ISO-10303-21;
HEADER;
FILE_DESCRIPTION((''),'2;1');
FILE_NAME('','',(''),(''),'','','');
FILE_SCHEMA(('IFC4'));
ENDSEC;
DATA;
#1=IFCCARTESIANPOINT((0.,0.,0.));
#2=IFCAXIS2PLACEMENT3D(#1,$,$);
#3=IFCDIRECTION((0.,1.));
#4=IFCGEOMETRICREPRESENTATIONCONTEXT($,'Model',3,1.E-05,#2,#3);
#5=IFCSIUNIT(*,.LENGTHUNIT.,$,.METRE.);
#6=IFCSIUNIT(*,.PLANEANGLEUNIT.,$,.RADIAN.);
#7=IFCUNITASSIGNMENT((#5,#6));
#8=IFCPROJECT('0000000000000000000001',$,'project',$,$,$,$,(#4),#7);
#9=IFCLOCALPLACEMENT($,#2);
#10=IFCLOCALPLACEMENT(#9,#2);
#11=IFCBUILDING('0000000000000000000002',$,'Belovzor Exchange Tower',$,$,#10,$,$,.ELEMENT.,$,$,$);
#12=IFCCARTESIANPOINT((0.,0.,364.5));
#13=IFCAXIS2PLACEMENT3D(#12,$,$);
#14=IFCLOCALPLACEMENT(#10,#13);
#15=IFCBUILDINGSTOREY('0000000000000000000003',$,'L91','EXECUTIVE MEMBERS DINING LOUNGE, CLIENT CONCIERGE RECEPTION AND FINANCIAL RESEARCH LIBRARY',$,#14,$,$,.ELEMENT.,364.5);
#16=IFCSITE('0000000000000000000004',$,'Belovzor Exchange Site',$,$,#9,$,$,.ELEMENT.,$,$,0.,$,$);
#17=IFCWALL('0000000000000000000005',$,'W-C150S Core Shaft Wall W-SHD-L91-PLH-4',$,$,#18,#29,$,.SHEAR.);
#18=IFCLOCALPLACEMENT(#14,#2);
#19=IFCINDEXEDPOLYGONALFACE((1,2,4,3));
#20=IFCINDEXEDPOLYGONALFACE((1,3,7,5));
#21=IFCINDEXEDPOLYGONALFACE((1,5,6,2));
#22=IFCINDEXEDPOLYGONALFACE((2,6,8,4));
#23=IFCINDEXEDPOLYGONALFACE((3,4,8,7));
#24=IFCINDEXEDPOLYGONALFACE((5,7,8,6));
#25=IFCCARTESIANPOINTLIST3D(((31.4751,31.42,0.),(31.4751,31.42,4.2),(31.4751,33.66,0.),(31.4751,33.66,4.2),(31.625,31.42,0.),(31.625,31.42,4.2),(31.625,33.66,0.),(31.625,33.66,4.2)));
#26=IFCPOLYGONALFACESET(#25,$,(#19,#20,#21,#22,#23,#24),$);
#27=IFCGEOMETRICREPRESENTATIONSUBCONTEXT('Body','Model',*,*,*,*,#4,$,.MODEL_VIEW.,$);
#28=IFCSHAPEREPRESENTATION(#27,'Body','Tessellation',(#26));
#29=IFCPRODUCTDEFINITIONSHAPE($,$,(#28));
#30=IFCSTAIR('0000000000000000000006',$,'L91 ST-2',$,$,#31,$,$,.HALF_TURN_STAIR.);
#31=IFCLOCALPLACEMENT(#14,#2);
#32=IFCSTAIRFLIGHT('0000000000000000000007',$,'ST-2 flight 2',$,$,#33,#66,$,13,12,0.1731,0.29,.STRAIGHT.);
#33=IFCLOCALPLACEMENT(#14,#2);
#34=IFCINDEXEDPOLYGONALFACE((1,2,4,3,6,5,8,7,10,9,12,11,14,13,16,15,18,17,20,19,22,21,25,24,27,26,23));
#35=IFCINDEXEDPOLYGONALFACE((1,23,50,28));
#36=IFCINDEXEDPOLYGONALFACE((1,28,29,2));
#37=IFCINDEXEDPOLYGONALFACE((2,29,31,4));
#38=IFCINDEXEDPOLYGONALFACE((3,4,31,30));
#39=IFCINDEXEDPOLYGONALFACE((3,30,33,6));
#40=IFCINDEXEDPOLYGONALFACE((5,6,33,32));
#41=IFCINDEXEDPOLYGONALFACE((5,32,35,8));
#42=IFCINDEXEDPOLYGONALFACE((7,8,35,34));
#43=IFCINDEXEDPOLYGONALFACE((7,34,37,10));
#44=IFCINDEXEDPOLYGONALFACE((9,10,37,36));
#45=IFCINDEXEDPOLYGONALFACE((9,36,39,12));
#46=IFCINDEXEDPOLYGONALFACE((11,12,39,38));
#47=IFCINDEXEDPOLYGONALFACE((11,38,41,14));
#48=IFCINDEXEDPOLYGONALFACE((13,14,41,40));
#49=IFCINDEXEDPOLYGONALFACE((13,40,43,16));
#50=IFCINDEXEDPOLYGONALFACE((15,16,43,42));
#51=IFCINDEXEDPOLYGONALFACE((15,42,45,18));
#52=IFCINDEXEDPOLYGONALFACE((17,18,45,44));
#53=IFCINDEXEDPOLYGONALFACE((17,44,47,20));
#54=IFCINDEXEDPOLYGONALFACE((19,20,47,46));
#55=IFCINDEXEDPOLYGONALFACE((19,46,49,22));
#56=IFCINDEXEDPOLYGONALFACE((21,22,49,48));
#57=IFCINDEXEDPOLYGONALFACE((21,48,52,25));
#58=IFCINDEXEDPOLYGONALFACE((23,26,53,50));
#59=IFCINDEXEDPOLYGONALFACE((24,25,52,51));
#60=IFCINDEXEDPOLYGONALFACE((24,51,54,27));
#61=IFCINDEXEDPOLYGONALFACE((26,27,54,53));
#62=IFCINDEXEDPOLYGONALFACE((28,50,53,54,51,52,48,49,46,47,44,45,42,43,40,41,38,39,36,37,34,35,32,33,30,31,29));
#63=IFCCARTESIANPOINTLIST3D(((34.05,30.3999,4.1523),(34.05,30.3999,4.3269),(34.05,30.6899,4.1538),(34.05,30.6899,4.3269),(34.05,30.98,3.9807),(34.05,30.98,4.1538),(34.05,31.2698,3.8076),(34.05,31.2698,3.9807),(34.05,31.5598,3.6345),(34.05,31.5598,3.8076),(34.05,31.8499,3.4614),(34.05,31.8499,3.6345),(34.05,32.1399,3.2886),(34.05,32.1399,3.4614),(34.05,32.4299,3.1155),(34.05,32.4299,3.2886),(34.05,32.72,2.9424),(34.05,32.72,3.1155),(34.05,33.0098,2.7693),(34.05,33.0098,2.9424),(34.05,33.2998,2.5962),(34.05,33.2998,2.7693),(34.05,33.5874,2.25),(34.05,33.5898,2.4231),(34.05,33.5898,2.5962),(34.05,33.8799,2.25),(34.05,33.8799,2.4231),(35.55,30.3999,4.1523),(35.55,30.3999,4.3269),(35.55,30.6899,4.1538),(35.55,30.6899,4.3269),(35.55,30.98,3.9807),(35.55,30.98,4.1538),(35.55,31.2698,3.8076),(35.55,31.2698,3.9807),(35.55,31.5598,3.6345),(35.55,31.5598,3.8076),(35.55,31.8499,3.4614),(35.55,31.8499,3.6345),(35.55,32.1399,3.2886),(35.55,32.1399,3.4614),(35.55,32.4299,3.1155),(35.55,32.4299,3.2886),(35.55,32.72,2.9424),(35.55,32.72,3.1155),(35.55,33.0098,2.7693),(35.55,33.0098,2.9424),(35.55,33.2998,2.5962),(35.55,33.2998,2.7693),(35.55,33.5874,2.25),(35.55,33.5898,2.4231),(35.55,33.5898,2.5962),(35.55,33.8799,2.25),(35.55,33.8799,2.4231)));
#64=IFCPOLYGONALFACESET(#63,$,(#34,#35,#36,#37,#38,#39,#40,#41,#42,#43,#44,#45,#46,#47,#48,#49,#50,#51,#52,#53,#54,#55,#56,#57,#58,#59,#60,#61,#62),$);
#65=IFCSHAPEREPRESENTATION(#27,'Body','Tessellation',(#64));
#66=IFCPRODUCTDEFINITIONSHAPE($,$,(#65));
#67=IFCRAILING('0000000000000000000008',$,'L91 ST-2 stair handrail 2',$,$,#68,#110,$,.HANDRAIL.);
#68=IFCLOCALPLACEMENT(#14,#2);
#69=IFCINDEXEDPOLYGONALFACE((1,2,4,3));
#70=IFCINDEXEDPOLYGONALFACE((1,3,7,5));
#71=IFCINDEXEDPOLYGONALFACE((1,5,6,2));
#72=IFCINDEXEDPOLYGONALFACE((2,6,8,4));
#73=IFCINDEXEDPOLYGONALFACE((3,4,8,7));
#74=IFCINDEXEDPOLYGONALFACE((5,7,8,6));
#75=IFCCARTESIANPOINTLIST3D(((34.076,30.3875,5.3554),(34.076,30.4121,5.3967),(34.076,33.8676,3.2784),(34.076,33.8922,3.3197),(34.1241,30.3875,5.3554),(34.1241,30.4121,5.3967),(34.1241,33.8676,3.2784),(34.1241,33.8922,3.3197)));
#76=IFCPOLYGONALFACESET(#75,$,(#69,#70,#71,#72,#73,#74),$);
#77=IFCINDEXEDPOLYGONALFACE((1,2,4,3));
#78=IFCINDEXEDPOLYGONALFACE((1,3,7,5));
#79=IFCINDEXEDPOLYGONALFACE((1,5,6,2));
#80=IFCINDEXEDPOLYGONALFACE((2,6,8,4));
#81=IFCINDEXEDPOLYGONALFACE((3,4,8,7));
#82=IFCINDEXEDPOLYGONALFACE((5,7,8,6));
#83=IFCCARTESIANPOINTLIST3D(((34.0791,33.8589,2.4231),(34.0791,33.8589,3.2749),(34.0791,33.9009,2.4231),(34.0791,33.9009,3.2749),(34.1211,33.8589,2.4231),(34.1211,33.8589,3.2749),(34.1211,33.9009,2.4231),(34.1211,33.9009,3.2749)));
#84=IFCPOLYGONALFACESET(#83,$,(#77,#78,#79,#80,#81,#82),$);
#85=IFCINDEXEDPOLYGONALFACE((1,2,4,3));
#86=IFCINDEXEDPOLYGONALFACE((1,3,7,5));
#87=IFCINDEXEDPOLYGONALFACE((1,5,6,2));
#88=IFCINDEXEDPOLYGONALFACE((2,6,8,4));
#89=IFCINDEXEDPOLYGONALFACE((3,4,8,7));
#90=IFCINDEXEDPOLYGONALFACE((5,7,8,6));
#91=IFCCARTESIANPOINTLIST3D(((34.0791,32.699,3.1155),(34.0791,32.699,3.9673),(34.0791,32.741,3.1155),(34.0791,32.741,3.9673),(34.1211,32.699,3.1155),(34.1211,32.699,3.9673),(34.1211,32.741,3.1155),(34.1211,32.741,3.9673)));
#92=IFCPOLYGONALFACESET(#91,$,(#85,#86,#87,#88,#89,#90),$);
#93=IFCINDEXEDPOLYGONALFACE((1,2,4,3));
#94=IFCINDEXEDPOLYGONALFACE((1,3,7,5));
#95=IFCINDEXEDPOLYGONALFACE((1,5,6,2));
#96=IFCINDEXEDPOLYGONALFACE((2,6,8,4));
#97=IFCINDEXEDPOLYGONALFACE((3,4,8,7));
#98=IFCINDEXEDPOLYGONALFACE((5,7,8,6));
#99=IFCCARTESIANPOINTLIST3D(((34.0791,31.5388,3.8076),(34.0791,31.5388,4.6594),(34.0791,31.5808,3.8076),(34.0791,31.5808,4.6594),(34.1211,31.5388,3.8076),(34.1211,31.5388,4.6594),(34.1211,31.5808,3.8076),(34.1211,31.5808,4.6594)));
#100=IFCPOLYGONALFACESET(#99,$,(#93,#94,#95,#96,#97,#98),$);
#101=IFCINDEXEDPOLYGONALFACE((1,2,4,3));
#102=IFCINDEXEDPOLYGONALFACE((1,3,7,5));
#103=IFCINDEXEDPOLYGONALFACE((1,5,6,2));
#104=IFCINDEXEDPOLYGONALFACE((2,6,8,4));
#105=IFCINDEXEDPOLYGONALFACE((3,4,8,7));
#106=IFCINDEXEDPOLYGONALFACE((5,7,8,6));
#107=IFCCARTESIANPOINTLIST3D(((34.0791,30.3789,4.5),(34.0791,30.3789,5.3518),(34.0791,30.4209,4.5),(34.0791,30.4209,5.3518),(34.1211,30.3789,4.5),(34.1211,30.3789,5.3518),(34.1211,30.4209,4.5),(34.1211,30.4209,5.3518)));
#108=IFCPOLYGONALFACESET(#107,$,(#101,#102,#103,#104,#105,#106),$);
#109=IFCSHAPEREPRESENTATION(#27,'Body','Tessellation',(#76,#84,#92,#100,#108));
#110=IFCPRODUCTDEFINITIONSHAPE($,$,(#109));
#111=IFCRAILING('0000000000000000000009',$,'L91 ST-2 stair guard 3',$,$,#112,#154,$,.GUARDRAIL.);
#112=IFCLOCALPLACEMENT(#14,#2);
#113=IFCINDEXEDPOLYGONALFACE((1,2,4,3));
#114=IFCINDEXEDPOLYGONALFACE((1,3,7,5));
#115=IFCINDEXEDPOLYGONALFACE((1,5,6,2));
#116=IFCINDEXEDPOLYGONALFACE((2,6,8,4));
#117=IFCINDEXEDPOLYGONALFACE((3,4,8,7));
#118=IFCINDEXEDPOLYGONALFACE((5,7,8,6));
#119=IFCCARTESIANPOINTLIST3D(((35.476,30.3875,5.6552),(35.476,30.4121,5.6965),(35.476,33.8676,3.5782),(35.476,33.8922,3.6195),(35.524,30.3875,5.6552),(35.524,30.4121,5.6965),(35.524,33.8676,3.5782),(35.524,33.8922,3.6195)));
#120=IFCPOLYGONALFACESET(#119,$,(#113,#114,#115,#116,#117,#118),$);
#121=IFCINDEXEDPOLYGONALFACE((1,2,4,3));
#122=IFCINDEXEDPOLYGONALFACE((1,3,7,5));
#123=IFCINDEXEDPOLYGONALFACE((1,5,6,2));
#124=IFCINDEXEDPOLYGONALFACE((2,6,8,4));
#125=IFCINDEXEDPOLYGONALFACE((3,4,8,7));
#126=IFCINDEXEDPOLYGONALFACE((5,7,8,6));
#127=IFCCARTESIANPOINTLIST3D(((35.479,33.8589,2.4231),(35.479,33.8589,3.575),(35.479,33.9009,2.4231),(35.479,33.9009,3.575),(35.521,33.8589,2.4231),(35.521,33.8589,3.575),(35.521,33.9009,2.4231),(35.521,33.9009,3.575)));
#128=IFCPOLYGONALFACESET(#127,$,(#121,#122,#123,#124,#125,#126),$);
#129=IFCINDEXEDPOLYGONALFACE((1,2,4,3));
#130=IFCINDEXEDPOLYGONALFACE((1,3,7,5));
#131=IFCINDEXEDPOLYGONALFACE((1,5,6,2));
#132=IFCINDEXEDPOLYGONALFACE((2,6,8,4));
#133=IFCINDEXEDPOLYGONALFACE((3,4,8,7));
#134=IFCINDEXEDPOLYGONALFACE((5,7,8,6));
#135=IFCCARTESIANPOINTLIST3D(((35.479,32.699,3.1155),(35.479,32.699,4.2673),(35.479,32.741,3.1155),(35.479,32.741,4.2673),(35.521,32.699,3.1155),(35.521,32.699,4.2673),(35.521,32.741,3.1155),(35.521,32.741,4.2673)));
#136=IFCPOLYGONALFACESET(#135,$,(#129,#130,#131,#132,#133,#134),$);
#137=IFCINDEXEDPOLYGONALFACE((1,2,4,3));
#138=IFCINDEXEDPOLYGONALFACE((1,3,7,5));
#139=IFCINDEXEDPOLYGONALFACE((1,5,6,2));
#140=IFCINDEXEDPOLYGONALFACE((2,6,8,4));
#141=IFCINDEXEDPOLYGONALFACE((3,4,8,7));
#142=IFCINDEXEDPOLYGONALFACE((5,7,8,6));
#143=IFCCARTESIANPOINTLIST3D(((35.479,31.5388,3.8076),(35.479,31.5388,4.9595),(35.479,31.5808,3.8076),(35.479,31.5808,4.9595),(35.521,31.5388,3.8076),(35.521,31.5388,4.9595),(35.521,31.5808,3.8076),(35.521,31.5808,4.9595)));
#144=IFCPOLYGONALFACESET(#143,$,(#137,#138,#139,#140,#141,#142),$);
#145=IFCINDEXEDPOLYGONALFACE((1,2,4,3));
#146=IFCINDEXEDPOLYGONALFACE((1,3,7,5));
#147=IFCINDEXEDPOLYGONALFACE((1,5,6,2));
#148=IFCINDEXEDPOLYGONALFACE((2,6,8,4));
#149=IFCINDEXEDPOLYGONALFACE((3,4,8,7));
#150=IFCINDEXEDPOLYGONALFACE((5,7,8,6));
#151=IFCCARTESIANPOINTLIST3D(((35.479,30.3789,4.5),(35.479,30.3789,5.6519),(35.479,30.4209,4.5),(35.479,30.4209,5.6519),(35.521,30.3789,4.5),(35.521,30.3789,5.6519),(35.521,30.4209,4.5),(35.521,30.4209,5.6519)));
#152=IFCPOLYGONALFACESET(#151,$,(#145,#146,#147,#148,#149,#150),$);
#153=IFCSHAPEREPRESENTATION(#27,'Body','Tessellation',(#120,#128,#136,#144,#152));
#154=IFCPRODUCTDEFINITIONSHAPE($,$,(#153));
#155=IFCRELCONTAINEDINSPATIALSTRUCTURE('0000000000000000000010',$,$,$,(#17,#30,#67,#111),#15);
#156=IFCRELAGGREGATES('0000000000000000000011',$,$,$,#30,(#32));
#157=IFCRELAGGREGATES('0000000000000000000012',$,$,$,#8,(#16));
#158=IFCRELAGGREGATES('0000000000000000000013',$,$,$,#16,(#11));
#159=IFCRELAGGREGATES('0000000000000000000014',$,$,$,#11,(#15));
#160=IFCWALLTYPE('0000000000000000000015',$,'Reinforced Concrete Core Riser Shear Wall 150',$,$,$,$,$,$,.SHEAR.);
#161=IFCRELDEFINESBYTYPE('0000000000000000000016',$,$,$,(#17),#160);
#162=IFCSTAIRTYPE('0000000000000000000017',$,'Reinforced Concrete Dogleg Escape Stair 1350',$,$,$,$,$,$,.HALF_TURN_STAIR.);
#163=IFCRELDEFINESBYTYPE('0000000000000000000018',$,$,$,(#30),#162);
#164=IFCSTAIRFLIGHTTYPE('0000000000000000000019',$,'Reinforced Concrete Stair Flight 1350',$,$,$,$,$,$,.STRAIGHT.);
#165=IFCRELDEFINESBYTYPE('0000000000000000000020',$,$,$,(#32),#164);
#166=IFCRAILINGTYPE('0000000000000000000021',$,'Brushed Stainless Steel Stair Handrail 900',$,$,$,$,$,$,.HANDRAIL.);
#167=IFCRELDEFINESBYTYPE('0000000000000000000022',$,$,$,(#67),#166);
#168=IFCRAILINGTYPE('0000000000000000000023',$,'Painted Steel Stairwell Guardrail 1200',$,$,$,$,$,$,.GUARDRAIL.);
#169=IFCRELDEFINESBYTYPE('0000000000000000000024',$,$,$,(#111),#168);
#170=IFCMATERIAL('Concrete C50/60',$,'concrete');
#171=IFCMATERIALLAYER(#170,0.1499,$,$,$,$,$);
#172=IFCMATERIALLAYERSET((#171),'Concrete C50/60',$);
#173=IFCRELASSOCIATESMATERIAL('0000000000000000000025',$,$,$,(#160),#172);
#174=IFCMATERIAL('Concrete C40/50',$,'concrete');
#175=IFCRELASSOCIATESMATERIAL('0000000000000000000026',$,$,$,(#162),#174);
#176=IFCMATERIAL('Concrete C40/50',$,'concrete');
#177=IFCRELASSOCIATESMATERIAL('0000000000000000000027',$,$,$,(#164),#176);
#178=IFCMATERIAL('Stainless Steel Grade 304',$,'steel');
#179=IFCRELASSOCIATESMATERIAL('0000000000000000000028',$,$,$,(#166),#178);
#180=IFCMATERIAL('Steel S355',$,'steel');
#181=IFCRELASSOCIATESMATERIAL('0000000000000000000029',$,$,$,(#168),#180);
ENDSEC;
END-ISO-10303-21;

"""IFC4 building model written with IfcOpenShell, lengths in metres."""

from ifc_helpers import new_model, si_unit, direction, frame, frame_2d, origin, origin_2d, place, context, subcontext, project, spatial, polyline, rectangle, outline, extrude, material, layer, layer_set, type_object, element, aggregate, save


model = new_model("IFC4")

# Units and contexts
model_context = context("Model", 3, precision=1e-05, world=origin(), true_north=direction((0.0, 1.0)))
body_context = subcontext(model_context, "Body", "Model", "MODEL_VIEW")
ifc_project = project(units=[si_unit("LENGTHUNIT", "METRE"), si_unit("PLANEANGLEUNIT", "RADIAN")], contexts=[model_context])

# Site, building, storey
site_placement = place(None, origin())
site = spatial("IfcSite", under=ifc_project, at=site_placement, Name="Belovzor Exchange Site", CompositionType="ELEMENT", RefElevation=0.0)
building_placement = place(site_placement, origin())
building = spatial("IfcBuilding", under=site, at=building_placement, Name="Belovzor Exchange Tower", CompositionType="ELEMENT")
storey_placement = place(building_placement, frame((0.0, 0.0, 364.5)))
storey = spatial("IfcBuildingStorey", under=building, at=storey_placement, Name="L91", Description="EXECUTIVE MEMBERS DINING LOUNGE, CLIENT CONCIERGE RECEPTION AND FINANCIAL RESEARCH LIBRARY", CompositionType="ELEMENT", Elevation=364.5)

# Wall
ifc_material_1 = material(Name="Concrete C50/60", Category="concrete")
ifc_layer_1 = layer(ifc_material_1, 0.1499)
ifc_layer_set_1 = layer_set([ifc_layer_1], Name="Concrete C50/60")
wall_type_1 = type_object("IfcWallType", Name="Reinforced Concrete Core Riser Shear Wall 150", PredefinedType="SHEAR", material=ifc_layer_set_1)
for number, where, z_axis, x_axis, name in (
    (1, (31.55, 31.4199, 0.0), (0.0, 0.0, 1.0), (0.0, 1.0, 0.0), "W-C150S Core Shaft Wall W-SHD-L91-PLH-4"),
):
    element("IfcWall", number, at=place(storey_placement, frame(where, z_axis=z_axis, x_axis=x_axis)), inside=storey, type_object=wall_type_1, Name=name, PredefinedType="SHEAR", context=body_context, shape_type="SweptSolid", body=[
        extrude(rectangle(XDim=2.24, YDim=0.1499, at=frame_2d((1.1201, 0.0))), origin(), (0.0, 0.0, 1.0), 4.2),
    ])

# Stair, stair flight
ifc_material_2 = material(Name="Concrete C40/50", Category="concrete")
stair_type = type_object("IfcStairType", Name="Reinforced Concrete Dogleg Escape Stair 1350", PredefinedType="HALF_TURN_STAIR", material=ifc_material_2)
stair_placement = place(storey_placement, origin())
stair = element("IfcStair", 2, at=stair_placement, inside=storey, type_object=stair_type, Name="L91 ST-2", PredefinedType="HALF_TURN_STAIR")
ifc_material_3 = material(Name="Concrete C40/50", Category="concrete")
stair_flight_type = type_object("IfcStairFlightType", Name="Reinforced Concrete Stair Flight 1350", PredefinedType="STRAIGHT", material=ifc_material_3)
stair_flight_placement = place(storey_placement, frame((34.8, 33.8799, 2.25), z_axis=(0.0, 0.0, 1.0), x_axis=(0.0, -1.0, 0.0)))
stair_flight = element("IfcStairFlight", 3, at=stair_flight_placement, type_object=stair_flight_type, Name="ST-2 flight 2", NumberOfRisers=13, NumberOfTreads=12, PredefinedType="STRAIGHT", RiserHeight=0.1731, TreadLength=0.29, context=body_context, shape_type="SweptSolid", body=[
    extrude(outline(polyline([(0.0, 0.0), (0.0, 0.1731), (0.29, 0.1731), (0.29, 0.3462), (0.5801, 0.3462), (0.5801, 0.5193), (0.8701, 0.5193), (0.8701, 0.6924), (1.1599, 0.6924), (1.1599, 0.8655), (1.45, 0.8655), (1.45, 1.0386), (1.74, 1.0386), (1.74, 1.2114), (2.03, 1.2114), (2.03, 1.3845), (2.3201, 1.3845), (2.3201, 1.5576), (2.6101, 1.5576), (2.6101, 1.7307), (2.8999, 1.7307), (2.8999, 1.9038), (3.1899, 1.9038), (3.1899, 2.0769), (3.48, 2.0769), (3.48, 2.25), (3.48, 1.9023), (0.2925, 0.0), (0.0, 0.0)])), frame((0.0, 0.75, 0.0), z_axis=(0.0, -1.0, 0.0), x_axis=(1.0, 0.0, 0.0)), (0.0, 0.0, 1.0), 1.5),
])
aggregate(stair, [stair_flight])

# Railings
ifc_material_4 = material(Name="Stainless Steel Grade 304", Category="steel")
railing_type_1 = type_object("IfcRailingType", Name="Brushed Stainless Steel Stair Handrail 900", PredefinedType="HANDRAIL", material=ifc_material_4)
railing_1_placement = place(storey_placement, frame((34.1001, 33.8799, 2.4231)))
element("IfcRailing", 4, at=railing_1_placement, inside=storey, type_object=railing_type_1, Name="L91 ST-2 stair handrail 2", PredefinedType="HANDRAIL", context=body_context, shape_type="SweptSolid", body=[
    extrude(rectangle(XDim=0.0481, YDim=0.0481, at=origin_2d()), frame((0.0, 0.0, 0.876), z_axis=(0.0, -0.858697, 0.512483), x_axis=(1.0, 0.0, 0.0)), (0.0, 0.0, 1.0), 4.0527),
    extrude(rectangle(XDim=0.042, YDim=0.042, at=origin_2d()), origin(), (0.0, 0.0, 1.0), 0.8518),
    extrude(rectangle(XDim=0.042, YDim=0.042, at=origin_2d()), frame((0.0, -1.1599, 0.6924)), (0.0, 0.0, 1.0), 0.8518),
    extrude(rectangle(XDim=0.042, YDim=0.042, at=origin_2d()), frame((0.0, -2.3201, 1.3845)), (0.0, 0.0, 1.0), 0.8518),
    extrude(rectangle(XDim=0.042, YDim=0.042, at=origin_2d()), frame((0.0, -3.48, 2.0769)), (0.0, 0.0, 1.0), 0.8518),
])
ifc_material_5 = material(Name="Steel S355", Category="steel")
railing_type_2 = type_object("IfcRailingType", Name="Painted Steel Stairwell Guardrail 1200", PredefinedType="GUARDRAIL", material=ifc_material_5)
railing_2_placement = place(storey_placement, frame((35.5, 33.8799, 2.4231)))
element("IfcRailing", 5, at=railing_2_placement, inside=storey, type_object=railing_type_2, Name="L91 ST-2 stair guard 3", PredefinedType="GUARDRAIL", context=body_context, shape_type="SweptSolid", body=[
    extrude(rectangle(XDim=0.0481, YDim=0.0481, at=origin_2d()), frame((0.0, 0.0, 1.1758), z_axis=(0.0, -0.858697, 0.512483), x_axis=(1.0, 0.0, 0.0)), (0.0, 0.0, 1.0), 4.0527),
    extrude(rectangle(XDim=0.042, YDim=0.042, at=origin_2d()), origin(), (0.0, 0.0, 1.0), 1.1519),
    extrude(rectangle(XDim=0.042, YDim=0.042, at=origin_2d()), frame((0.0, -1.1599, 0.6924)), (0.0, 0.0, 1.0), 1.1519),
    extrude(rectangle(XDim=0.042, YDim=0.042, at=origin_2d()), frame((0.0, -2.3201, 1.3845)), (0.0, 0.0, 1.0), 1.1519),
    extrude(rectangle(XDim=0.042, YDim=0.042, at=origin_2d()), frame((0.0, -3.48, 2.0769)), (0.0, 0.0, 1.0), 1.1519),
])

save(model, "model.ifc")
